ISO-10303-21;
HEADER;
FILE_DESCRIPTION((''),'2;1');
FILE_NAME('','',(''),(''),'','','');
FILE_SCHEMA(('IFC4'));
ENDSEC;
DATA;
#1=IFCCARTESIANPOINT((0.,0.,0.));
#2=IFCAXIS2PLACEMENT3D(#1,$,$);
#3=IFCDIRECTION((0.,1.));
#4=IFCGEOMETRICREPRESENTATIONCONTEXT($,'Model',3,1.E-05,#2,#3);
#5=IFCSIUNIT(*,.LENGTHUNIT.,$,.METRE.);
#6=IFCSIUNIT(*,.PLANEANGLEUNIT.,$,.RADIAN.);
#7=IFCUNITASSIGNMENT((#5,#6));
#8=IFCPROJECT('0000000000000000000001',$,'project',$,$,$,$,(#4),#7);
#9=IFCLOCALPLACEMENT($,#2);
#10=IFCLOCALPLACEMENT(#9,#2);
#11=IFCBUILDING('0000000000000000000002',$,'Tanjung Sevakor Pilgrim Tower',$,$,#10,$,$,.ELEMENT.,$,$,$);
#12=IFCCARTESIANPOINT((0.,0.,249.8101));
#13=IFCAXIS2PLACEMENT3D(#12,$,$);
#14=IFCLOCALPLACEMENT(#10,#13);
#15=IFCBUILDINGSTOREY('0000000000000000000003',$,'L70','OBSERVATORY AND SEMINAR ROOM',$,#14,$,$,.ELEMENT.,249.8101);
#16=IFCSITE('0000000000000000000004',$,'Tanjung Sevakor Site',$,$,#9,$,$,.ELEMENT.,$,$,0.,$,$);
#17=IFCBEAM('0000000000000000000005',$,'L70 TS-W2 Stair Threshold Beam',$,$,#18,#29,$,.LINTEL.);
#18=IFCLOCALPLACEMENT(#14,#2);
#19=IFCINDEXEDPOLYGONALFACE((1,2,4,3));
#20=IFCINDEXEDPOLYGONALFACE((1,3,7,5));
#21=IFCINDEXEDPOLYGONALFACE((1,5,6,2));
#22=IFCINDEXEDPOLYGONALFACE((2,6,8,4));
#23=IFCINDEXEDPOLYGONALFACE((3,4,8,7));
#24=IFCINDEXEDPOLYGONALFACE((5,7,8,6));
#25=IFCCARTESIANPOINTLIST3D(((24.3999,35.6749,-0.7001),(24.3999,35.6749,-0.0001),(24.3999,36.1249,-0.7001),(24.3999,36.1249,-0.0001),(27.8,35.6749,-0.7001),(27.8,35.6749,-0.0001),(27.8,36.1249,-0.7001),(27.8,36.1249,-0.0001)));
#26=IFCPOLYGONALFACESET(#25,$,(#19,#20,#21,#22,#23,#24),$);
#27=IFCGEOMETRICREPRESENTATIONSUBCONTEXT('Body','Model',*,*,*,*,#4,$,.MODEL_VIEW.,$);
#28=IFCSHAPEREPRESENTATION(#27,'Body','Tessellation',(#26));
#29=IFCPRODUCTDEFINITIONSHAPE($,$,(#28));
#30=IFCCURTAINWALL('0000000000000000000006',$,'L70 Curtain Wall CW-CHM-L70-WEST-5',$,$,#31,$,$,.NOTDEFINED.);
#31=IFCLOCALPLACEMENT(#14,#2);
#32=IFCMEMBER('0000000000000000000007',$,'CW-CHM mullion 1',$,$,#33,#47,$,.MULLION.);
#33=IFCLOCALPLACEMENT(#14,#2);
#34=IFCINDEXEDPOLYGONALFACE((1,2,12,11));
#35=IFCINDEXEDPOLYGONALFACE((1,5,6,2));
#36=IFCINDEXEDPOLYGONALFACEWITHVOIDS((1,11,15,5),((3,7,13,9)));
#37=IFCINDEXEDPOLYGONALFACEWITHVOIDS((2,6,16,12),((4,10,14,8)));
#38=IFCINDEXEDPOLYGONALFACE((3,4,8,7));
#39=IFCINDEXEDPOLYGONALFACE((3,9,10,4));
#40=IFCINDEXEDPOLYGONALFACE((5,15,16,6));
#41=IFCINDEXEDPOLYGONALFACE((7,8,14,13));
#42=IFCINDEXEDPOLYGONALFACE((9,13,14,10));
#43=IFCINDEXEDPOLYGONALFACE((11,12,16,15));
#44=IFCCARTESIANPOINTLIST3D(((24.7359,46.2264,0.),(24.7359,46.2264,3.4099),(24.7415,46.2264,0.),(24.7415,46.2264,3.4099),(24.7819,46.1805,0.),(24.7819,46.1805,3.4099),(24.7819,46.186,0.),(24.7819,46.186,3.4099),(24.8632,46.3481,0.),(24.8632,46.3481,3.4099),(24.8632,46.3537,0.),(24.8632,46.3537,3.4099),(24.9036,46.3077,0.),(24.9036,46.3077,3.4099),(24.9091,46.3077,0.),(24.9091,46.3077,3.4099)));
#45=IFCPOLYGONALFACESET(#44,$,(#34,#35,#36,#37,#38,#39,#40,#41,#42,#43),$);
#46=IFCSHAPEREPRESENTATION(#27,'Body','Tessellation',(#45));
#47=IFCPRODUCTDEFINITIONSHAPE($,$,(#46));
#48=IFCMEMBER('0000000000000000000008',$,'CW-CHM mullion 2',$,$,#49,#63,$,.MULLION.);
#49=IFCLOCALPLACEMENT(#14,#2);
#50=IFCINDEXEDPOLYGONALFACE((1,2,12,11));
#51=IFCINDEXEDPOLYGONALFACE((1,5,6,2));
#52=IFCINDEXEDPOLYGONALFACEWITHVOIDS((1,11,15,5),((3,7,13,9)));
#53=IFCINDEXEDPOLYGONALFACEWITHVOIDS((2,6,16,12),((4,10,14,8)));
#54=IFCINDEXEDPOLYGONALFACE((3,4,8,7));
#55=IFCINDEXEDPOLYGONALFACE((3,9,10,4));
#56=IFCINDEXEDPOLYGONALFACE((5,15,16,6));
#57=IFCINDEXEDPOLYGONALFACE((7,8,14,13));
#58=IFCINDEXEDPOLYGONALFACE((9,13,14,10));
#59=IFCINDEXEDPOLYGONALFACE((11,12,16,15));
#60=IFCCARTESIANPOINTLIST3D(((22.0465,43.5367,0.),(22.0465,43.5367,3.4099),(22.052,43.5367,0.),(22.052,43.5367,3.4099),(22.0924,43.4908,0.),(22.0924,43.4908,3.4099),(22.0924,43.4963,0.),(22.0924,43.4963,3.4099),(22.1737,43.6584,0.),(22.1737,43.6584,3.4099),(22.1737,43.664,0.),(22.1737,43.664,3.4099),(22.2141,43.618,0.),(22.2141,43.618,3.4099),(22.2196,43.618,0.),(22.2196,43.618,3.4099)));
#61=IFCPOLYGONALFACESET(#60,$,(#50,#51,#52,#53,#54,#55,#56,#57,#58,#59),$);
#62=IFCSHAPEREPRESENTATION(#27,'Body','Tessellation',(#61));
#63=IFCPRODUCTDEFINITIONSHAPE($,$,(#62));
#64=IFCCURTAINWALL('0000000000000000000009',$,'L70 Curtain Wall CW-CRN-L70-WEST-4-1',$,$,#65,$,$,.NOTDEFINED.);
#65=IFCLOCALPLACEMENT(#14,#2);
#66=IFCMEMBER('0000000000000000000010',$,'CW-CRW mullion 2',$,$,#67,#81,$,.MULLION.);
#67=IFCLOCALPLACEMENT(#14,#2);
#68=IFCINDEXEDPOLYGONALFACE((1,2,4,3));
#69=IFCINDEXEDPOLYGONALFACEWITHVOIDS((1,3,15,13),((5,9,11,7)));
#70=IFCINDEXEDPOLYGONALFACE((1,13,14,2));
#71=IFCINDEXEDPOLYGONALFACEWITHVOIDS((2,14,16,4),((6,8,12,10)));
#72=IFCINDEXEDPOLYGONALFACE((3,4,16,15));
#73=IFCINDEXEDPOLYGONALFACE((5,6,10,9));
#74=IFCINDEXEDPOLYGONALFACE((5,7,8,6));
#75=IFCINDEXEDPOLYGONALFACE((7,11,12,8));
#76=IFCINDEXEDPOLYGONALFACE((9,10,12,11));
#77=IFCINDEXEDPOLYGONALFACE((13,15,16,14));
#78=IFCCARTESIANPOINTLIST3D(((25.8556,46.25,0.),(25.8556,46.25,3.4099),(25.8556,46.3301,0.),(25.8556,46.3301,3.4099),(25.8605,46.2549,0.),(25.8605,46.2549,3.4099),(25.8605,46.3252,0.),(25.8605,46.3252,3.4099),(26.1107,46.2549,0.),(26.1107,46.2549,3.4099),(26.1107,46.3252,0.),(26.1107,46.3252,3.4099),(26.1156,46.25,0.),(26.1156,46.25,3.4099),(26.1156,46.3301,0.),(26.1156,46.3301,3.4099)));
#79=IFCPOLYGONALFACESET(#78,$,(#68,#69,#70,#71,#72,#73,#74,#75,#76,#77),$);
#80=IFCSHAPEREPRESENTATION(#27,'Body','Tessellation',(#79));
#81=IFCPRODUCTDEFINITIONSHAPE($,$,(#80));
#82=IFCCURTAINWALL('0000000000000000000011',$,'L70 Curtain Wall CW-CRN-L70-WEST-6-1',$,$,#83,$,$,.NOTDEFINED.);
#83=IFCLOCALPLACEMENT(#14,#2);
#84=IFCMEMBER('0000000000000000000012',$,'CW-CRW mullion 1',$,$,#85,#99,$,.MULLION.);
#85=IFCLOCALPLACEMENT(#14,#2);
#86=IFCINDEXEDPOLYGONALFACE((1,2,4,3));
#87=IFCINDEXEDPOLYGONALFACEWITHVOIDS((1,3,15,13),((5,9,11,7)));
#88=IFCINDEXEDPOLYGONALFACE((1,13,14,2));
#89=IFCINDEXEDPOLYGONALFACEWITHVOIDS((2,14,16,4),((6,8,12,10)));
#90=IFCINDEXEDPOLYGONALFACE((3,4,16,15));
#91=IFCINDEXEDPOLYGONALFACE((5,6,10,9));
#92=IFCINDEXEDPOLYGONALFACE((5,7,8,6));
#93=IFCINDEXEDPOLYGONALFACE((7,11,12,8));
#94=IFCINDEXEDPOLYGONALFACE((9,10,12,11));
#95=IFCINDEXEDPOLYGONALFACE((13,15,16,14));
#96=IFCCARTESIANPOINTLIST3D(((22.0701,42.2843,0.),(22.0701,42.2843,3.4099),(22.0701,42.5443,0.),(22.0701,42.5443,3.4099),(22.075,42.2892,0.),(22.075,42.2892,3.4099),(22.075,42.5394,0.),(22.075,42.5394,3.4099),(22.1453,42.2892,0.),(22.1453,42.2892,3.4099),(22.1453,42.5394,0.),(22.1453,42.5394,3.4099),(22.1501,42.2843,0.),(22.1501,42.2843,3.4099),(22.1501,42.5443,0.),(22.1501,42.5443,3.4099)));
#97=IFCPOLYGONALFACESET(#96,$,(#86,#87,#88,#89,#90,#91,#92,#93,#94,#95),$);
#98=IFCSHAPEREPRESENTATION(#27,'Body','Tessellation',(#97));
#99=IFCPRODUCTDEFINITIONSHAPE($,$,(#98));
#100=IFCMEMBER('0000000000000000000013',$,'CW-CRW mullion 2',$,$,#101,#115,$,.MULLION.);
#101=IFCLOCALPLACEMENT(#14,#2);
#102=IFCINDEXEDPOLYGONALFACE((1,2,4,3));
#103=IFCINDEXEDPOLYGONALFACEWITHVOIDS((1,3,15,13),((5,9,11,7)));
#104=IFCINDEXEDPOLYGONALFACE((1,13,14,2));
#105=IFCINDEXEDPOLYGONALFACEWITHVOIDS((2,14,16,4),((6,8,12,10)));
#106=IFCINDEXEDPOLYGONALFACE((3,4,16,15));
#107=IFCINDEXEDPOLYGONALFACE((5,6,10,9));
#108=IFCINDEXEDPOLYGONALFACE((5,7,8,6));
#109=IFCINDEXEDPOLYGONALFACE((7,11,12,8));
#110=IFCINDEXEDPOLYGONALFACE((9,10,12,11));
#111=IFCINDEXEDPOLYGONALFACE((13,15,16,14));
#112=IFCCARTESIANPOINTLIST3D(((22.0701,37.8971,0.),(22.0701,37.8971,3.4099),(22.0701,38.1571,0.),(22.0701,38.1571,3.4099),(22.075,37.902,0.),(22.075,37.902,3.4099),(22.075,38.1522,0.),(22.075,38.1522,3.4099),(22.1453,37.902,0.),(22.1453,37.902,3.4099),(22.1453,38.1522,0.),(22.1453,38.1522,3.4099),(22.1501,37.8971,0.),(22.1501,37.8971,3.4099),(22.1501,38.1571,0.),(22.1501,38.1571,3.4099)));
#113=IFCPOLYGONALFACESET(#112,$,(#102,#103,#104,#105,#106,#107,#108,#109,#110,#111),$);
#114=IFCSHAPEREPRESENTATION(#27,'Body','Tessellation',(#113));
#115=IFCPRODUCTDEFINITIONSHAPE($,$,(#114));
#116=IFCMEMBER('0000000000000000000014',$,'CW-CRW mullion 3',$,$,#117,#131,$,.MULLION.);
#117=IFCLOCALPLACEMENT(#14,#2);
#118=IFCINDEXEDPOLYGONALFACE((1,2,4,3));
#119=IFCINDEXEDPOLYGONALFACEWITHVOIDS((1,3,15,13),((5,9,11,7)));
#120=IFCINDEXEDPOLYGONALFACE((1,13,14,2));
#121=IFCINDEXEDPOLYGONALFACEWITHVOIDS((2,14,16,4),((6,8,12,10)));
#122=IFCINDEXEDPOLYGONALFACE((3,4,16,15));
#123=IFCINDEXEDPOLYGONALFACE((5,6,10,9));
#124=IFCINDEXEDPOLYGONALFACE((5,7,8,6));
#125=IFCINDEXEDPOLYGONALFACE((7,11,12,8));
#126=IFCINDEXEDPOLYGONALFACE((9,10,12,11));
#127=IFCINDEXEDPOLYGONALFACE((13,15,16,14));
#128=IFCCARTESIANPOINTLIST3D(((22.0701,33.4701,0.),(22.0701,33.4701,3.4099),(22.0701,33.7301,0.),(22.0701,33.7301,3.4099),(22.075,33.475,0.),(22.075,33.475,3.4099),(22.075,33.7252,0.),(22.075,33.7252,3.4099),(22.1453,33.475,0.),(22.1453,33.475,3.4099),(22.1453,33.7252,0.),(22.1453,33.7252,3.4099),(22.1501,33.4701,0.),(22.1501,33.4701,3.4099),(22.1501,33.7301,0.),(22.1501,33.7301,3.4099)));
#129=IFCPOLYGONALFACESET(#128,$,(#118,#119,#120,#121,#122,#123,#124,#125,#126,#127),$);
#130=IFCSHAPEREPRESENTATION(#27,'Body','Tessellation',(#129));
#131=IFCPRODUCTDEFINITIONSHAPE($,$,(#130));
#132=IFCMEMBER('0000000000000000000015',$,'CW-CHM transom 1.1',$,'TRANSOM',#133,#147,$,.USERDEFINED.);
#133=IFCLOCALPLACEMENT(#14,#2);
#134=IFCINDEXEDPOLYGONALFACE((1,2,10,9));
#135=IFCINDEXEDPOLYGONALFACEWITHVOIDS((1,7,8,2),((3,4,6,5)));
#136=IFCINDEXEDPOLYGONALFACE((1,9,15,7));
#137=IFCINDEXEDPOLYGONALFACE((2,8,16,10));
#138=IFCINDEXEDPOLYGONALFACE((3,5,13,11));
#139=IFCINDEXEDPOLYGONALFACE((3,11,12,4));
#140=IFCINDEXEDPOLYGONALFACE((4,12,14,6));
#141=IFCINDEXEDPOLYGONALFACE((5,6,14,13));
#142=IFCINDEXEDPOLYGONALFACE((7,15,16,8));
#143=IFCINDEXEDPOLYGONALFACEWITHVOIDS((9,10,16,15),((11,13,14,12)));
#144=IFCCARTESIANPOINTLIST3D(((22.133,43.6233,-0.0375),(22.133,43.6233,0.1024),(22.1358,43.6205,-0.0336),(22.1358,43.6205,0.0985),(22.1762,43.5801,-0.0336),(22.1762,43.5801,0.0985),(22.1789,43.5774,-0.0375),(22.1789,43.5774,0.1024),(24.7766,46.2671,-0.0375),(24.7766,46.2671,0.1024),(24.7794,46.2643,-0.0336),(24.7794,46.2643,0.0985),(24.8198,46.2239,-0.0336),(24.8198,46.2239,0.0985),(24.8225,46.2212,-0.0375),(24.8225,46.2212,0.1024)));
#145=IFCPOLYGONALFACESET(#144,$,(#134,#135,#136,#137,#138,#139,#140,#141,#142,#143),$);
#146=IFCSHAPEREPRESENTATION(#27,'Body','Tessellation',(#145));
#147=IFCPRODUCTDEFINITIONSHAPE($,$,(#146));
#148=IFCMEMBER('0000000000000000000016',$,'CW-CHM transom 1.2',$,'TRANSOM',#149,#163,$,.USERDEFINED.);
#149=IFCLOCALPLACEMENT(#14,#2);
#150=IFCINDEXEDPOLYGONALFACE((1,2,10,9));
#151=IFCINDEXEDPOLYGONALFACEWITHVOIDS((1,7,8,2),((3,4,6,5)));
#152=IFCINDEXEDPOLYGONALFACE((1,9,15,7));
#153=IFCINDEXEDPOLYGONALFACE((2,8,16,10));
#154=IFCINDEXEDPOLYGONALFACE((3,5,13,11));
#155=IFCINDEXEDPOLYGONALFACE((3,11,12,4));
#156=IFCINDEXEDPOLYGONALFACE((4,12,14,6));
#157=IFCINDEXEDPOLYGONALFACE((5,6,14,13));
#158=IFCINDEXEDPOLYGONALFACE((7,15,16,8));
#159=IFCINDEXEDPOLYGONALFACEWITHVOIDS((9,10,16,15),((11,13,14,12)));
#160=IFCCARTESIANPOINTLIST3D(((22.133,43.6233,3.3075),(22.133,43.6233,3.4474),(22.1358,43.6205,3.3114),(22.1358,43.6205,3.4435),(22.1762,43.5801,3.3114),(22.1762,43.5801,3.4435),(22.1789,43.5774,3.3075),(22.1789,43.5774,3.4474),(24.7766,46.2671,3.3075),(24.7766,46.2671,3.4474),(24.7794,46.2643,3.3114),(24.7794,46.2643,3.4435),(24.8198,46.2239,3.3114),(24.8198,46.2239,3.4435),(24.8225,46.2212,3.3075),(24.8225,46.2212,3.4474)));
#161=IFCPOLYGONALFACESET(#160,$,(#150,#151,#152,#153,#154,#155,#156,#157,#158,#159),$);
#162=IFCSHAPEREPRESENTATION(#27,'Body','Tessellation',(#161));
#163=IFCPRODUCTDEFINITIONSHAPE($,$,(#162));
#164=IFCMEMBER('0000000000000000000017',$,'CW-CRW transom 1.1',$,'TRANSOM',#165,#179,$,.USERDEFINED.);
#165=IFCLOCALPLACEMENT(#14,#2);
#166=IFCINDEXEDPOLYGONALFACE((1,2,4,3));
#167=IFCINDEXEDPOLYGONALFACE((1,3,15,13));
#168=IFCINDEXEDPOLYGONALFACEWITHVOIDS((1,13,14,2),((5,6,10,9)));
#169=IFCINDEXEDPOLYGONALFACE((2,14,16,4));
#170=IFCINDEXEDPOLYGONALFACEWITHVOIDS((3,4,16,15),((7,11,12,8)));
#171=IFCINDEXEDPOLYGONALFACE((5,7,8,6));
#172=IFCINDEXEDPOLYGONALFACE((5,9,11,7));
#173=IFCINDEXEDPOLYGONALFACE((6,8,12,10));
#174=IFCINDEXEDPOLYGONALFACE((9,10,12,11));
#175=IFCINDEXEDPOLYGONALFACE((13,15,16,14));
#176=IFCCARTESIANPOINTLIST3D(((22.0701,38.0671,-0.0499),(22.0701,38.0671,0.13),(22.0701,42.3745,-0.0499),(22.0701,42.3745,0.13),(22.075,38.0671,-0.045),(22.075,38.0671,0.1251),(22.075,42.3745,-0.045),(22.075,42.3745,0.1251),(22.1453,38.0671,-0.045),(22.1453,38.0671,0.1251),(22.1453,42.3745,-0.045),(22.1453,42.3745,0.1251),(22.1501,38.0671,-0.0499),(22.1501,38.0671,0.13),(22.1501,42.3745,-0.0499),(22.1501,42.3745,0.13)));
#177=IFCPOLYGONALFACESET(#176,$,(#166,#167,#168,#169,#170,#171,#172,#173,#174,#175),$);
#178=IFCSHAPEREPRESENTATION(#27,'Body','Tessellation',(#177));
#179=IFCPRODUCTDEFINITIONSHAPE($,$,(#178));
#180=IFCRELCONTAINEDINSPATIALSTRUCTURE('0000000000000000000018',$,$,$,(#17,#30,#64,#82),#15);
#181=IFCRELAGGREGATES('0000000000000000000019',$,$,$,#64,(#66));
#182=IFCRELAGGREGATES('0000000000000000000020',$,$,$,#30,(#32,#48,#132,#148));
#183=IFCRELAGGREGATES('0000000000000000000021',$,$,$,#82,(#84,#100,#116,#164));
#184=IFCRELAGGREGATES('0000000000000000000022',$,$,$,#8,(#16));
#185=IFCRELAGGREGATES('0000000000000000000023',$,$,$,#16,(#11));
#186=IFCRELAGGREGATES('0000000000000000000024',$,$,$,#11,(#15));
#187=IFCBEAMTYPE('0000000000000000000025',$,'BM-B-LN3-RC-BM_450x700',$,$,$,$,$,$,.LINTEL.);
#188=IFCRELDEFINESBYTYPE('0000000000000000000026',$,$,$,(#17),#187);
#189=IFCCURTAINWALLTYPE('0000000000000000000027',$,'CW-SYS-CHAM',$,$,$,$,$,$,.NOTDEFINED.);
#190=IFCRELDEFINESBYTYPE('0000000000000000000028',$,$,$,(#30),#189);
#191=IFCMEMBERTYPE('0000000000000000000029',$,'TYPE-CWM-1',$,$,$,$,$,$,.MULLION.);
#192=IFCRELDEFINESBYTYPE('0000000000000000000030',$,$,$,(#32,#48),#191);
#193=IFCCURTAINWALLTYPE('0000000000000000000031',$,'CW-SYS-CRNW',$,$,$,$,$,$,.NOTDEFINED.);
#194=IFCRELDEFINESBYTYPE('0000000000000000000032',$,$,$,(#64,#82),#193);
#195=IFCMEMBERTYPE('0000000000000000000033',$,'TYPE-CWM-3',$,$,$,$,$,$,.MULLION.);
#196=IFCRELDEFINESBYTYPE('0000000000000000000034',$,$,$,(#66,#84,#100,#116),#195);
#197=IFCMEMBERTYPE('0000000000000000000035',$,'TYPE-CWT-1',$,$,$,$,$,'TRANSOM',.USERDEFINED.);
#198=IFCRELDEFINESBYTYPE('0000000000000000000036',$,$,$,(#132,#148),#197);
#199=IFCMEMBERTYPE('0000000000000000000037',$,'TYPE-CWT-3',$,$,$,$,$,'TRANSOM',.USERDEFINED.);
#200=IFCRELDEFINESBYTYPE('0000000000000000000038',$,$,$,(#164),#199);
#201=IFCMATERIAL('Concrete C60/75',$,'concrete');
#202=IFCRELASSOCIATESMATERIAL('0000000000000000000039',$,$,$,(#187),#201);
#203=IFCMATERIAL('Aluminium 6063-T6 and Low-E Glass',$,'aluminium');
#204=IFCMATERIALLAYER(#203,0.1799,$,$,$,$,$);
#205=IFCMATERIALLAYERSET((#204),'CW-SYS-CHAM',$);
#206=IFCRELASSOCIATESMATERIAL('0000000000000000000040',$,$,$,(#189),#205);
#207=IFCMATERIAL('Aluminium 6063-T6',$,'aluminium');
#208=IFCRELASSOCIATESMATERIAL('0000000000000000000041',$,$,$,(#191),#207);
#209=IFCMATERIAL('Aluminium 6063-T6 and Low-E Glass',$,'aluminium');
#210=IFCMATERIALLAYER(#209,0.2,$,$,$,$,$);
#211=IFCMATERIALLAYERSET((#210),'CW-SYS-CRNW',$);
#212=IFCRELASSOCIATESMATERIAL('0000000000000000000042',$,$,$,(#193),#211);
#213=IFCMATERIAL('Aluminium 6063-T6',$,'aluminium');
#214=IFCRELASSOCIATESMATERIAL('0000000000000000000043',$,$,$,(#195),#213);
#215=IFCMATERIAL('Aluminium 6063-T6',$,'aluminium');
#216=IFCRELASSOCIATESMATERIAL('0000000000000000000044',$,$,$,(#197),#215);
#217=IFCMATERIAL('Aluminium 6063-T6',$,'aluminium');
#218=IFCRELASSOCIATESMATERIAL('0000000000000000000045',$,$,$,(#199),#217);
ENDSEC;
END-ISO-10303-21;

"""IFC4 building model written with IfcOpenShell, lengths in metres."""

from ifc_helpers import new_model, si_unit, direction, frame, origin, origin_2d, place, context, subcontext, project, spatial, rectangle, hollow_rectangle, extrude, material, layer, layer_set, material_profile, profile_set, type_object, element, aggregate, save


model = new_model("IFC4")

# Units and contexts
model_context = context("Model", 3, precision=1e-05, world=origin(), true_north=direction((0.0, 1.0)))
body_context = subcontext(model_context, "Body", "Model", "MODEL_VIEW")
ifc_project = project(units=[si_unit("LENGTHUNIT", "METRE"), si_unit("PLANEANGLEUNIT", "RADIAN")], contexts=[model_context])

# Site, building, storey
site_placement = place(None, origin())
site = spatial("IfcSite", under=ifc_project, at=site_placement, Name="Tanjung Sevakor Site", CompositionType="ELEMENT", RefElevation=0.0)
building_placement = place(site_placement, origin())
building = spatial("IfcBuilding", under=site, at=building_placement, Name="Tanjung Sevakor Pilgrim Tower", CompositionType="ELEMENT")
storey_placement = place(building_placement, frame((0.0, 0.0, 249.8101)))
storey = spatial("IfcBuildingStorey", under=building, at=storey_placement, Name="L70", Description="OBSERVATORY AND SEMINAR ROOM", CompositionType="ELEMENT", Elevation=249.8101)

# Beam
ifc_material_1 = material(Name="Concrete C60/75", Category="concrete")
ifc_material_profile_1 = material_profile(ifc_material_1, rectangle(XDim=0.45, YDim=0.7, at=origin_2d()))
ifc_profile_set_1 = profile_set([ifc_material_profile_1], Name="Concrete C60/75")
beam_type = type_object("IfcBeamType", Name="BM-B-LN3-RC-BM_450x700", PredefinedType="LINTEL", material=ifc_profile_set_1)
beam_placement = place(storey_placement, frame((24.3999, 35.8999, -0.3501), z_axis=(1.0, 0.0, 0.0), x_axis=(0.0, 1.0, 0.0)))
element("IfcBeam", 1, at=beam_placement, inside=storey, type_object=beam_type, Name="L70 TS-W2 Stair Threshold Beam", PredefinedType="LINTEL", context=body_context, shape_type="SweptSolid", body=[
    extrude(rectangle(XDim=0.45, YDim=0.7, at=origin_2d()), origin(), (0.0, 0.0, 1.0), 3.4001),
])

# Curtain wall, members
ifc_material_2 = material(Name="Aluminium 6063-T6 and Low-E Glass", Category="aluminium")
ifc_layer_1 = layer(ifc_material_2, 0.1799)
ifc_layer_set_1 = layer_set([ifc_layer_1], Name="CW-SYS-CHAM")
curtain_wall_type_1 = type_object("IfcCurtainWallType", Name="CW-SYS-CHAM", PredefinedType="NOTDEFINED", material=ifc_layer_set_1)
curtain_wall_1_placement = place(storey_placement, origin())
curtain_wall_1 = element("IfcCurtainWall", 2, at=curtain_wall_1_placement, inside=storey, type_object=curtain_wall_type_1, Name="L70 Curtain Wall CW-CHM-L70-WEST-5", PredefinedType="NOTDEFINED")
ifc_material_3 = material(Name="Aluminium 6063-T6", Category="aluminium")
ifc_material_profile_2 = material_profile(ifc_material_3, hollow_rectangle(XDim=0.0649, YDim=0.1799, WallThickness=0.0039, at=origin_2d()))
ifc_profile_set_2 = profile_set([ifc_material_profile_2], Name="Aluminium 6063-T6")
member_type_1 = type_object("IfcMemberType", Name="TYPE-CWM-1", PredefinedType="MULLION", material=ifc_profile_set_2)
member_1_placement = place(storey_placement, frame((24.8225, 46.2671, 0.0), z_axis=(0.0, 0.0, 1.0), x_axis=(0.707107, -0.707107, 0.0)))
member_1 = element("IfcMember", 3, at=member_1_placement, type_object=member_type_1, Name="CW-CHM mullion 1", PredefinedType="MULLION", context=body_context, shape_type="SweptSolid", body=[
    extrude(hollow_rectangle(XDim=0.0649, YDim=0.1799, WallThickness=0.0039, at=origin_2d()), origin(), (0.0, 0.0, 1.0), 3.4099),
])
member_2_placement = place(storey_placement, frame((22.1331, 43.5774, 0.0), z_axis=(0.0, 0.0, 1.0), x_axis=(0.707107, -0.707107, 0.0)))
member_2 = element("IfcMember", 4, at=member_2_placement, type_object=member_type_1, Name="CW-CHM mullion 2", PredefinedType="MULLION", context=body_context, shape_type="SweptSolid", body=[
    extrude(hollow_rectangle(XDim=0.0649, YDim=0.1799, WallThickness=0.0039, at=origin_2d()), origin(), (0.0, 0.0, 1.0), 3.4099),
])

# Curtain wall, member
ifc_material_4 = material(Name="Aluminium 6063-T6 and Low-E Glass", Category="aluminium")
ifc_layer_2 = layer(ifc_material_4, 0.2)
ifc_layer_set_2 = layer_set([ifc_layer_2], Name="CW-SYS-CRNW")
curtain_wall_type_2 = type_object("IfcCurtainWallType", Name="CW-SYS-CRNW", PredefinedType="NOTDEFINED", material=ifc_layer_set_2)
curtain_wall_2_placement = place(storey_placement, origin())
curtain_wall_2 = element("IfcCurtainWall", 5, at=curtain_wall_2_placement, inside=storey, type_object=curtain_wall_type_2, Name="L70 Curtain Wall CW-CRN-L70-WEST-4-1", PredefinedType="NOTDEFINED")
ifc_material_5 = material(Name="Aluminium 6063-T6", Category="aluminium")
ifc_material_profile_3 = material_profile(ifc_material_5, hollow_rectangle(XDim=0.0801, YDim=0.26, WallThickness=0.0049, at=origin_2d()))
ifc_profile_set_3 = profile_set([ifc_material_profile_3], Name="Aluminium 6063-T6")
member_type_2 = type_object("IfcMemberType", Name="TYPE-CWM-3", PredefinedType="MULLION", material=ifc_profile_set_3)
member_3_placement = place(storey_placement, frame((25.9856, 46.29, 0.0), z_axis=(0.0, 0.0, 1.0), x_axis=(0.0, -1.0, 0.0)))
member_3 = element("IfcMember", 6, at=member_3_placement, type_object=member_type_2, Name="CW-CRW mullion 2", PredefinedType="MULLION", context=body_context, shape_type="SweptSolid", body=[
    extrude(hollow_rectangle(XDim=0.0801, YDim=0.26, WallThickness=0.0049, at=origin_2d()), origin(), (0.0, 0.0, 1.0), 3.4099),
])
aggregate(curtain_wall_2, [member_3])

# Curtain wall, members
curtain_wall_3_placement = place(storey_placement, origin())
curtain_wall_3 = element("IfcCurtainWall", 7, at=curtain_wall_3_placement, inside=storey, type_object=curtain_wall_type_2, Name="L70 Curtain Wall CW-CRN-L70-WEST-6-1", PredefinedType="NOTDEFINED")
member_4_placement = place(storey_placement, frame((22.1101, 42.4143, 0.0), z_axis=(0.0, 0.0, 1.0), x_axis=(1.0, 0.0, 0.0)))
member_4 = element("IfcMember", 8, at=member_4_placement, type_object=member_type_2, Name="CW-CRW mullion 1", PredefinedType="MULLION", context=body_context, shape_type="SweptSolid", body=[
    extrude(hollow_rectangle(XDim=0.0801, YDim=0.26, WallThickness=0.0049, at=origin_2d()), origin(), (0.0, 0.0, 1.0), 3.4099),
])
member_5_placement = place(storey_placement, frame((22.1101, 38.0271, 0.0), z_axis=(0.0, 0.0, 1.0), x_axis=(1.0, 0.0, 0.0)))
member_5 = element("IfcMember", 9, at=member_5_placement, type_object=member_type_2, Name="CW-CRW mullion 2", PredefinedType="MULLION", context=body_context, shape_type="SweptSolid", body=[
    extrude(hollow_rectangle(XDim=0.0801, YDim=0.26, WallThickness=0.0049, at=origin_2d()), origin(), (0.0, 0.0, 1.0), 3.4099),
])
member_6_placement = place(storey_placement, frame((22.1101, 33.6001, 0.0), z_axis=(0.0, 0.0, 1.0), x_axis=(1.0, 0.0, 0.0)))
member_6 = element("IfcMember", 10, at=member_6_placement, type_object=member_type_2, Name="CW-CRW mullion 3", PredefinedType="MULLION", context=body_context, shape_type="SweptSolid", body=[
    extrude(hollow_rectangle(XDim=0.0801, YDim=0.26, WallThickness=0.0049, at=origin_2d()), origin(), (0.0, 0.0, 1.0), 3.4099),
])

# Members
ifc_material_6 = material(Name="Aluminium 6063-T6", Category="aluminium")
ifc_material_profile_4 = material_profile(ifc_material_6, hollow_rectangle(XDim=0.0649, YDim=0.1399, WallThickness=0.0039, at=origin_2d()))
ifc_profile_set_4 = profile_set([ifc_material_profile_4], Name="Aluminium 6063-T6")
member_type_3 = type_object("IfcMemberType", Name="TYPE-CWT-1", ElementType="TRANSOM", PredefinedType="USERDEFINED", material=ifc_profile_set_4)
member_7_placement = place(storey_placement, frame((24.7996, 46.2441, 0.0325), z_axis=(-0.707074, -0.707139, 0.0), x_axis=(0.707139, -0.707074, 0.0)))
member_7 = element("IfcMember", 11, at=member_7_placement, type_object=member_type_3, Name="CW-CHM transom 1.1", ObjectType="TRANSOM", PredefinedType="USERDEFINED", context=body_context, shape_type="SweptSolid", body=[
    extrude(hollow_rectangle(XDim=0.0649, YDim=0.1399, WallThickness=0.0039, at=origin_2d()), origin(), (0.0, 0.0, 1.0), 3.7388),
])
member_8_placement = place(storey_placement, frame((24.7996, 46.2441, 3.3774), z_axis=(-0.707074, -0.707139, 0.0), x_axis=(0.707139, -0.707074, 0.0)))
member_8 = element("IfcMember", 12, at=member_8_placement, type_object=member_type_3, Name="CW-CHM transom 1.2", ObjectType="TRANSOM", PredefinedType="USERDEFINED", context=body_context, shape_type="SweptSolid", body=[
    extrude(hollow_rectangle(XDim=0.0649, YDim=0.1399, WallThickness=0.0039, at=origin_2d()), origin(), (0.0, 0.0, 1.0), 3.7388),
])
ifc_material_7 = material(Name="Aluminium 6063-T6", Category="aluminium")
ifc_material_profile_5 = material_profile(ifc_material_7, hollow_rectangle(XDim=0.0801, YDim=0.1799, WallThickness=0.0049, at=origin_2d()))
ifc_profile_set_5 = profile_set([ifc_material_profile_5], Name="Aluminium 6063-T6")
member_type_4 = type_object("IfcMemberType", Name="TYPE-CWT-3", ElementType="TRANSOM", PredefinedType="USERDEFINED", material=ifc_profile_set_5)
member_9_placement = place(storey_placement, frame((22.1101, 42.3745, 0.04), z_axis=(0.0, -1.0, 0.0), x_axis=(1.0, 0.0, 0.0)))
member_9 = element("IfcMember", 13, at=member_9_placement, type_object=member_type_4, Name="CW-CRW transom 1.1", ObjectType="TRANSOM", PredefinedType="USERDEFINED", context=body_context, shape_type="SweptSolid", body=[
    extrude(hollow_rectangle(XDim=0.0801, YDim=0.1799, WallThickness=0.0049, at=origin_2d()), origin(), (0.0, 0.0, 1.0), 4.3074),
])

aggregate(curtain_wall_1, [member_1, member_2, member_7, member_8])
aggregate(curtain_wall_3, [member_4, member_5, member_6, member_9])

save(model, "model.ifc")
